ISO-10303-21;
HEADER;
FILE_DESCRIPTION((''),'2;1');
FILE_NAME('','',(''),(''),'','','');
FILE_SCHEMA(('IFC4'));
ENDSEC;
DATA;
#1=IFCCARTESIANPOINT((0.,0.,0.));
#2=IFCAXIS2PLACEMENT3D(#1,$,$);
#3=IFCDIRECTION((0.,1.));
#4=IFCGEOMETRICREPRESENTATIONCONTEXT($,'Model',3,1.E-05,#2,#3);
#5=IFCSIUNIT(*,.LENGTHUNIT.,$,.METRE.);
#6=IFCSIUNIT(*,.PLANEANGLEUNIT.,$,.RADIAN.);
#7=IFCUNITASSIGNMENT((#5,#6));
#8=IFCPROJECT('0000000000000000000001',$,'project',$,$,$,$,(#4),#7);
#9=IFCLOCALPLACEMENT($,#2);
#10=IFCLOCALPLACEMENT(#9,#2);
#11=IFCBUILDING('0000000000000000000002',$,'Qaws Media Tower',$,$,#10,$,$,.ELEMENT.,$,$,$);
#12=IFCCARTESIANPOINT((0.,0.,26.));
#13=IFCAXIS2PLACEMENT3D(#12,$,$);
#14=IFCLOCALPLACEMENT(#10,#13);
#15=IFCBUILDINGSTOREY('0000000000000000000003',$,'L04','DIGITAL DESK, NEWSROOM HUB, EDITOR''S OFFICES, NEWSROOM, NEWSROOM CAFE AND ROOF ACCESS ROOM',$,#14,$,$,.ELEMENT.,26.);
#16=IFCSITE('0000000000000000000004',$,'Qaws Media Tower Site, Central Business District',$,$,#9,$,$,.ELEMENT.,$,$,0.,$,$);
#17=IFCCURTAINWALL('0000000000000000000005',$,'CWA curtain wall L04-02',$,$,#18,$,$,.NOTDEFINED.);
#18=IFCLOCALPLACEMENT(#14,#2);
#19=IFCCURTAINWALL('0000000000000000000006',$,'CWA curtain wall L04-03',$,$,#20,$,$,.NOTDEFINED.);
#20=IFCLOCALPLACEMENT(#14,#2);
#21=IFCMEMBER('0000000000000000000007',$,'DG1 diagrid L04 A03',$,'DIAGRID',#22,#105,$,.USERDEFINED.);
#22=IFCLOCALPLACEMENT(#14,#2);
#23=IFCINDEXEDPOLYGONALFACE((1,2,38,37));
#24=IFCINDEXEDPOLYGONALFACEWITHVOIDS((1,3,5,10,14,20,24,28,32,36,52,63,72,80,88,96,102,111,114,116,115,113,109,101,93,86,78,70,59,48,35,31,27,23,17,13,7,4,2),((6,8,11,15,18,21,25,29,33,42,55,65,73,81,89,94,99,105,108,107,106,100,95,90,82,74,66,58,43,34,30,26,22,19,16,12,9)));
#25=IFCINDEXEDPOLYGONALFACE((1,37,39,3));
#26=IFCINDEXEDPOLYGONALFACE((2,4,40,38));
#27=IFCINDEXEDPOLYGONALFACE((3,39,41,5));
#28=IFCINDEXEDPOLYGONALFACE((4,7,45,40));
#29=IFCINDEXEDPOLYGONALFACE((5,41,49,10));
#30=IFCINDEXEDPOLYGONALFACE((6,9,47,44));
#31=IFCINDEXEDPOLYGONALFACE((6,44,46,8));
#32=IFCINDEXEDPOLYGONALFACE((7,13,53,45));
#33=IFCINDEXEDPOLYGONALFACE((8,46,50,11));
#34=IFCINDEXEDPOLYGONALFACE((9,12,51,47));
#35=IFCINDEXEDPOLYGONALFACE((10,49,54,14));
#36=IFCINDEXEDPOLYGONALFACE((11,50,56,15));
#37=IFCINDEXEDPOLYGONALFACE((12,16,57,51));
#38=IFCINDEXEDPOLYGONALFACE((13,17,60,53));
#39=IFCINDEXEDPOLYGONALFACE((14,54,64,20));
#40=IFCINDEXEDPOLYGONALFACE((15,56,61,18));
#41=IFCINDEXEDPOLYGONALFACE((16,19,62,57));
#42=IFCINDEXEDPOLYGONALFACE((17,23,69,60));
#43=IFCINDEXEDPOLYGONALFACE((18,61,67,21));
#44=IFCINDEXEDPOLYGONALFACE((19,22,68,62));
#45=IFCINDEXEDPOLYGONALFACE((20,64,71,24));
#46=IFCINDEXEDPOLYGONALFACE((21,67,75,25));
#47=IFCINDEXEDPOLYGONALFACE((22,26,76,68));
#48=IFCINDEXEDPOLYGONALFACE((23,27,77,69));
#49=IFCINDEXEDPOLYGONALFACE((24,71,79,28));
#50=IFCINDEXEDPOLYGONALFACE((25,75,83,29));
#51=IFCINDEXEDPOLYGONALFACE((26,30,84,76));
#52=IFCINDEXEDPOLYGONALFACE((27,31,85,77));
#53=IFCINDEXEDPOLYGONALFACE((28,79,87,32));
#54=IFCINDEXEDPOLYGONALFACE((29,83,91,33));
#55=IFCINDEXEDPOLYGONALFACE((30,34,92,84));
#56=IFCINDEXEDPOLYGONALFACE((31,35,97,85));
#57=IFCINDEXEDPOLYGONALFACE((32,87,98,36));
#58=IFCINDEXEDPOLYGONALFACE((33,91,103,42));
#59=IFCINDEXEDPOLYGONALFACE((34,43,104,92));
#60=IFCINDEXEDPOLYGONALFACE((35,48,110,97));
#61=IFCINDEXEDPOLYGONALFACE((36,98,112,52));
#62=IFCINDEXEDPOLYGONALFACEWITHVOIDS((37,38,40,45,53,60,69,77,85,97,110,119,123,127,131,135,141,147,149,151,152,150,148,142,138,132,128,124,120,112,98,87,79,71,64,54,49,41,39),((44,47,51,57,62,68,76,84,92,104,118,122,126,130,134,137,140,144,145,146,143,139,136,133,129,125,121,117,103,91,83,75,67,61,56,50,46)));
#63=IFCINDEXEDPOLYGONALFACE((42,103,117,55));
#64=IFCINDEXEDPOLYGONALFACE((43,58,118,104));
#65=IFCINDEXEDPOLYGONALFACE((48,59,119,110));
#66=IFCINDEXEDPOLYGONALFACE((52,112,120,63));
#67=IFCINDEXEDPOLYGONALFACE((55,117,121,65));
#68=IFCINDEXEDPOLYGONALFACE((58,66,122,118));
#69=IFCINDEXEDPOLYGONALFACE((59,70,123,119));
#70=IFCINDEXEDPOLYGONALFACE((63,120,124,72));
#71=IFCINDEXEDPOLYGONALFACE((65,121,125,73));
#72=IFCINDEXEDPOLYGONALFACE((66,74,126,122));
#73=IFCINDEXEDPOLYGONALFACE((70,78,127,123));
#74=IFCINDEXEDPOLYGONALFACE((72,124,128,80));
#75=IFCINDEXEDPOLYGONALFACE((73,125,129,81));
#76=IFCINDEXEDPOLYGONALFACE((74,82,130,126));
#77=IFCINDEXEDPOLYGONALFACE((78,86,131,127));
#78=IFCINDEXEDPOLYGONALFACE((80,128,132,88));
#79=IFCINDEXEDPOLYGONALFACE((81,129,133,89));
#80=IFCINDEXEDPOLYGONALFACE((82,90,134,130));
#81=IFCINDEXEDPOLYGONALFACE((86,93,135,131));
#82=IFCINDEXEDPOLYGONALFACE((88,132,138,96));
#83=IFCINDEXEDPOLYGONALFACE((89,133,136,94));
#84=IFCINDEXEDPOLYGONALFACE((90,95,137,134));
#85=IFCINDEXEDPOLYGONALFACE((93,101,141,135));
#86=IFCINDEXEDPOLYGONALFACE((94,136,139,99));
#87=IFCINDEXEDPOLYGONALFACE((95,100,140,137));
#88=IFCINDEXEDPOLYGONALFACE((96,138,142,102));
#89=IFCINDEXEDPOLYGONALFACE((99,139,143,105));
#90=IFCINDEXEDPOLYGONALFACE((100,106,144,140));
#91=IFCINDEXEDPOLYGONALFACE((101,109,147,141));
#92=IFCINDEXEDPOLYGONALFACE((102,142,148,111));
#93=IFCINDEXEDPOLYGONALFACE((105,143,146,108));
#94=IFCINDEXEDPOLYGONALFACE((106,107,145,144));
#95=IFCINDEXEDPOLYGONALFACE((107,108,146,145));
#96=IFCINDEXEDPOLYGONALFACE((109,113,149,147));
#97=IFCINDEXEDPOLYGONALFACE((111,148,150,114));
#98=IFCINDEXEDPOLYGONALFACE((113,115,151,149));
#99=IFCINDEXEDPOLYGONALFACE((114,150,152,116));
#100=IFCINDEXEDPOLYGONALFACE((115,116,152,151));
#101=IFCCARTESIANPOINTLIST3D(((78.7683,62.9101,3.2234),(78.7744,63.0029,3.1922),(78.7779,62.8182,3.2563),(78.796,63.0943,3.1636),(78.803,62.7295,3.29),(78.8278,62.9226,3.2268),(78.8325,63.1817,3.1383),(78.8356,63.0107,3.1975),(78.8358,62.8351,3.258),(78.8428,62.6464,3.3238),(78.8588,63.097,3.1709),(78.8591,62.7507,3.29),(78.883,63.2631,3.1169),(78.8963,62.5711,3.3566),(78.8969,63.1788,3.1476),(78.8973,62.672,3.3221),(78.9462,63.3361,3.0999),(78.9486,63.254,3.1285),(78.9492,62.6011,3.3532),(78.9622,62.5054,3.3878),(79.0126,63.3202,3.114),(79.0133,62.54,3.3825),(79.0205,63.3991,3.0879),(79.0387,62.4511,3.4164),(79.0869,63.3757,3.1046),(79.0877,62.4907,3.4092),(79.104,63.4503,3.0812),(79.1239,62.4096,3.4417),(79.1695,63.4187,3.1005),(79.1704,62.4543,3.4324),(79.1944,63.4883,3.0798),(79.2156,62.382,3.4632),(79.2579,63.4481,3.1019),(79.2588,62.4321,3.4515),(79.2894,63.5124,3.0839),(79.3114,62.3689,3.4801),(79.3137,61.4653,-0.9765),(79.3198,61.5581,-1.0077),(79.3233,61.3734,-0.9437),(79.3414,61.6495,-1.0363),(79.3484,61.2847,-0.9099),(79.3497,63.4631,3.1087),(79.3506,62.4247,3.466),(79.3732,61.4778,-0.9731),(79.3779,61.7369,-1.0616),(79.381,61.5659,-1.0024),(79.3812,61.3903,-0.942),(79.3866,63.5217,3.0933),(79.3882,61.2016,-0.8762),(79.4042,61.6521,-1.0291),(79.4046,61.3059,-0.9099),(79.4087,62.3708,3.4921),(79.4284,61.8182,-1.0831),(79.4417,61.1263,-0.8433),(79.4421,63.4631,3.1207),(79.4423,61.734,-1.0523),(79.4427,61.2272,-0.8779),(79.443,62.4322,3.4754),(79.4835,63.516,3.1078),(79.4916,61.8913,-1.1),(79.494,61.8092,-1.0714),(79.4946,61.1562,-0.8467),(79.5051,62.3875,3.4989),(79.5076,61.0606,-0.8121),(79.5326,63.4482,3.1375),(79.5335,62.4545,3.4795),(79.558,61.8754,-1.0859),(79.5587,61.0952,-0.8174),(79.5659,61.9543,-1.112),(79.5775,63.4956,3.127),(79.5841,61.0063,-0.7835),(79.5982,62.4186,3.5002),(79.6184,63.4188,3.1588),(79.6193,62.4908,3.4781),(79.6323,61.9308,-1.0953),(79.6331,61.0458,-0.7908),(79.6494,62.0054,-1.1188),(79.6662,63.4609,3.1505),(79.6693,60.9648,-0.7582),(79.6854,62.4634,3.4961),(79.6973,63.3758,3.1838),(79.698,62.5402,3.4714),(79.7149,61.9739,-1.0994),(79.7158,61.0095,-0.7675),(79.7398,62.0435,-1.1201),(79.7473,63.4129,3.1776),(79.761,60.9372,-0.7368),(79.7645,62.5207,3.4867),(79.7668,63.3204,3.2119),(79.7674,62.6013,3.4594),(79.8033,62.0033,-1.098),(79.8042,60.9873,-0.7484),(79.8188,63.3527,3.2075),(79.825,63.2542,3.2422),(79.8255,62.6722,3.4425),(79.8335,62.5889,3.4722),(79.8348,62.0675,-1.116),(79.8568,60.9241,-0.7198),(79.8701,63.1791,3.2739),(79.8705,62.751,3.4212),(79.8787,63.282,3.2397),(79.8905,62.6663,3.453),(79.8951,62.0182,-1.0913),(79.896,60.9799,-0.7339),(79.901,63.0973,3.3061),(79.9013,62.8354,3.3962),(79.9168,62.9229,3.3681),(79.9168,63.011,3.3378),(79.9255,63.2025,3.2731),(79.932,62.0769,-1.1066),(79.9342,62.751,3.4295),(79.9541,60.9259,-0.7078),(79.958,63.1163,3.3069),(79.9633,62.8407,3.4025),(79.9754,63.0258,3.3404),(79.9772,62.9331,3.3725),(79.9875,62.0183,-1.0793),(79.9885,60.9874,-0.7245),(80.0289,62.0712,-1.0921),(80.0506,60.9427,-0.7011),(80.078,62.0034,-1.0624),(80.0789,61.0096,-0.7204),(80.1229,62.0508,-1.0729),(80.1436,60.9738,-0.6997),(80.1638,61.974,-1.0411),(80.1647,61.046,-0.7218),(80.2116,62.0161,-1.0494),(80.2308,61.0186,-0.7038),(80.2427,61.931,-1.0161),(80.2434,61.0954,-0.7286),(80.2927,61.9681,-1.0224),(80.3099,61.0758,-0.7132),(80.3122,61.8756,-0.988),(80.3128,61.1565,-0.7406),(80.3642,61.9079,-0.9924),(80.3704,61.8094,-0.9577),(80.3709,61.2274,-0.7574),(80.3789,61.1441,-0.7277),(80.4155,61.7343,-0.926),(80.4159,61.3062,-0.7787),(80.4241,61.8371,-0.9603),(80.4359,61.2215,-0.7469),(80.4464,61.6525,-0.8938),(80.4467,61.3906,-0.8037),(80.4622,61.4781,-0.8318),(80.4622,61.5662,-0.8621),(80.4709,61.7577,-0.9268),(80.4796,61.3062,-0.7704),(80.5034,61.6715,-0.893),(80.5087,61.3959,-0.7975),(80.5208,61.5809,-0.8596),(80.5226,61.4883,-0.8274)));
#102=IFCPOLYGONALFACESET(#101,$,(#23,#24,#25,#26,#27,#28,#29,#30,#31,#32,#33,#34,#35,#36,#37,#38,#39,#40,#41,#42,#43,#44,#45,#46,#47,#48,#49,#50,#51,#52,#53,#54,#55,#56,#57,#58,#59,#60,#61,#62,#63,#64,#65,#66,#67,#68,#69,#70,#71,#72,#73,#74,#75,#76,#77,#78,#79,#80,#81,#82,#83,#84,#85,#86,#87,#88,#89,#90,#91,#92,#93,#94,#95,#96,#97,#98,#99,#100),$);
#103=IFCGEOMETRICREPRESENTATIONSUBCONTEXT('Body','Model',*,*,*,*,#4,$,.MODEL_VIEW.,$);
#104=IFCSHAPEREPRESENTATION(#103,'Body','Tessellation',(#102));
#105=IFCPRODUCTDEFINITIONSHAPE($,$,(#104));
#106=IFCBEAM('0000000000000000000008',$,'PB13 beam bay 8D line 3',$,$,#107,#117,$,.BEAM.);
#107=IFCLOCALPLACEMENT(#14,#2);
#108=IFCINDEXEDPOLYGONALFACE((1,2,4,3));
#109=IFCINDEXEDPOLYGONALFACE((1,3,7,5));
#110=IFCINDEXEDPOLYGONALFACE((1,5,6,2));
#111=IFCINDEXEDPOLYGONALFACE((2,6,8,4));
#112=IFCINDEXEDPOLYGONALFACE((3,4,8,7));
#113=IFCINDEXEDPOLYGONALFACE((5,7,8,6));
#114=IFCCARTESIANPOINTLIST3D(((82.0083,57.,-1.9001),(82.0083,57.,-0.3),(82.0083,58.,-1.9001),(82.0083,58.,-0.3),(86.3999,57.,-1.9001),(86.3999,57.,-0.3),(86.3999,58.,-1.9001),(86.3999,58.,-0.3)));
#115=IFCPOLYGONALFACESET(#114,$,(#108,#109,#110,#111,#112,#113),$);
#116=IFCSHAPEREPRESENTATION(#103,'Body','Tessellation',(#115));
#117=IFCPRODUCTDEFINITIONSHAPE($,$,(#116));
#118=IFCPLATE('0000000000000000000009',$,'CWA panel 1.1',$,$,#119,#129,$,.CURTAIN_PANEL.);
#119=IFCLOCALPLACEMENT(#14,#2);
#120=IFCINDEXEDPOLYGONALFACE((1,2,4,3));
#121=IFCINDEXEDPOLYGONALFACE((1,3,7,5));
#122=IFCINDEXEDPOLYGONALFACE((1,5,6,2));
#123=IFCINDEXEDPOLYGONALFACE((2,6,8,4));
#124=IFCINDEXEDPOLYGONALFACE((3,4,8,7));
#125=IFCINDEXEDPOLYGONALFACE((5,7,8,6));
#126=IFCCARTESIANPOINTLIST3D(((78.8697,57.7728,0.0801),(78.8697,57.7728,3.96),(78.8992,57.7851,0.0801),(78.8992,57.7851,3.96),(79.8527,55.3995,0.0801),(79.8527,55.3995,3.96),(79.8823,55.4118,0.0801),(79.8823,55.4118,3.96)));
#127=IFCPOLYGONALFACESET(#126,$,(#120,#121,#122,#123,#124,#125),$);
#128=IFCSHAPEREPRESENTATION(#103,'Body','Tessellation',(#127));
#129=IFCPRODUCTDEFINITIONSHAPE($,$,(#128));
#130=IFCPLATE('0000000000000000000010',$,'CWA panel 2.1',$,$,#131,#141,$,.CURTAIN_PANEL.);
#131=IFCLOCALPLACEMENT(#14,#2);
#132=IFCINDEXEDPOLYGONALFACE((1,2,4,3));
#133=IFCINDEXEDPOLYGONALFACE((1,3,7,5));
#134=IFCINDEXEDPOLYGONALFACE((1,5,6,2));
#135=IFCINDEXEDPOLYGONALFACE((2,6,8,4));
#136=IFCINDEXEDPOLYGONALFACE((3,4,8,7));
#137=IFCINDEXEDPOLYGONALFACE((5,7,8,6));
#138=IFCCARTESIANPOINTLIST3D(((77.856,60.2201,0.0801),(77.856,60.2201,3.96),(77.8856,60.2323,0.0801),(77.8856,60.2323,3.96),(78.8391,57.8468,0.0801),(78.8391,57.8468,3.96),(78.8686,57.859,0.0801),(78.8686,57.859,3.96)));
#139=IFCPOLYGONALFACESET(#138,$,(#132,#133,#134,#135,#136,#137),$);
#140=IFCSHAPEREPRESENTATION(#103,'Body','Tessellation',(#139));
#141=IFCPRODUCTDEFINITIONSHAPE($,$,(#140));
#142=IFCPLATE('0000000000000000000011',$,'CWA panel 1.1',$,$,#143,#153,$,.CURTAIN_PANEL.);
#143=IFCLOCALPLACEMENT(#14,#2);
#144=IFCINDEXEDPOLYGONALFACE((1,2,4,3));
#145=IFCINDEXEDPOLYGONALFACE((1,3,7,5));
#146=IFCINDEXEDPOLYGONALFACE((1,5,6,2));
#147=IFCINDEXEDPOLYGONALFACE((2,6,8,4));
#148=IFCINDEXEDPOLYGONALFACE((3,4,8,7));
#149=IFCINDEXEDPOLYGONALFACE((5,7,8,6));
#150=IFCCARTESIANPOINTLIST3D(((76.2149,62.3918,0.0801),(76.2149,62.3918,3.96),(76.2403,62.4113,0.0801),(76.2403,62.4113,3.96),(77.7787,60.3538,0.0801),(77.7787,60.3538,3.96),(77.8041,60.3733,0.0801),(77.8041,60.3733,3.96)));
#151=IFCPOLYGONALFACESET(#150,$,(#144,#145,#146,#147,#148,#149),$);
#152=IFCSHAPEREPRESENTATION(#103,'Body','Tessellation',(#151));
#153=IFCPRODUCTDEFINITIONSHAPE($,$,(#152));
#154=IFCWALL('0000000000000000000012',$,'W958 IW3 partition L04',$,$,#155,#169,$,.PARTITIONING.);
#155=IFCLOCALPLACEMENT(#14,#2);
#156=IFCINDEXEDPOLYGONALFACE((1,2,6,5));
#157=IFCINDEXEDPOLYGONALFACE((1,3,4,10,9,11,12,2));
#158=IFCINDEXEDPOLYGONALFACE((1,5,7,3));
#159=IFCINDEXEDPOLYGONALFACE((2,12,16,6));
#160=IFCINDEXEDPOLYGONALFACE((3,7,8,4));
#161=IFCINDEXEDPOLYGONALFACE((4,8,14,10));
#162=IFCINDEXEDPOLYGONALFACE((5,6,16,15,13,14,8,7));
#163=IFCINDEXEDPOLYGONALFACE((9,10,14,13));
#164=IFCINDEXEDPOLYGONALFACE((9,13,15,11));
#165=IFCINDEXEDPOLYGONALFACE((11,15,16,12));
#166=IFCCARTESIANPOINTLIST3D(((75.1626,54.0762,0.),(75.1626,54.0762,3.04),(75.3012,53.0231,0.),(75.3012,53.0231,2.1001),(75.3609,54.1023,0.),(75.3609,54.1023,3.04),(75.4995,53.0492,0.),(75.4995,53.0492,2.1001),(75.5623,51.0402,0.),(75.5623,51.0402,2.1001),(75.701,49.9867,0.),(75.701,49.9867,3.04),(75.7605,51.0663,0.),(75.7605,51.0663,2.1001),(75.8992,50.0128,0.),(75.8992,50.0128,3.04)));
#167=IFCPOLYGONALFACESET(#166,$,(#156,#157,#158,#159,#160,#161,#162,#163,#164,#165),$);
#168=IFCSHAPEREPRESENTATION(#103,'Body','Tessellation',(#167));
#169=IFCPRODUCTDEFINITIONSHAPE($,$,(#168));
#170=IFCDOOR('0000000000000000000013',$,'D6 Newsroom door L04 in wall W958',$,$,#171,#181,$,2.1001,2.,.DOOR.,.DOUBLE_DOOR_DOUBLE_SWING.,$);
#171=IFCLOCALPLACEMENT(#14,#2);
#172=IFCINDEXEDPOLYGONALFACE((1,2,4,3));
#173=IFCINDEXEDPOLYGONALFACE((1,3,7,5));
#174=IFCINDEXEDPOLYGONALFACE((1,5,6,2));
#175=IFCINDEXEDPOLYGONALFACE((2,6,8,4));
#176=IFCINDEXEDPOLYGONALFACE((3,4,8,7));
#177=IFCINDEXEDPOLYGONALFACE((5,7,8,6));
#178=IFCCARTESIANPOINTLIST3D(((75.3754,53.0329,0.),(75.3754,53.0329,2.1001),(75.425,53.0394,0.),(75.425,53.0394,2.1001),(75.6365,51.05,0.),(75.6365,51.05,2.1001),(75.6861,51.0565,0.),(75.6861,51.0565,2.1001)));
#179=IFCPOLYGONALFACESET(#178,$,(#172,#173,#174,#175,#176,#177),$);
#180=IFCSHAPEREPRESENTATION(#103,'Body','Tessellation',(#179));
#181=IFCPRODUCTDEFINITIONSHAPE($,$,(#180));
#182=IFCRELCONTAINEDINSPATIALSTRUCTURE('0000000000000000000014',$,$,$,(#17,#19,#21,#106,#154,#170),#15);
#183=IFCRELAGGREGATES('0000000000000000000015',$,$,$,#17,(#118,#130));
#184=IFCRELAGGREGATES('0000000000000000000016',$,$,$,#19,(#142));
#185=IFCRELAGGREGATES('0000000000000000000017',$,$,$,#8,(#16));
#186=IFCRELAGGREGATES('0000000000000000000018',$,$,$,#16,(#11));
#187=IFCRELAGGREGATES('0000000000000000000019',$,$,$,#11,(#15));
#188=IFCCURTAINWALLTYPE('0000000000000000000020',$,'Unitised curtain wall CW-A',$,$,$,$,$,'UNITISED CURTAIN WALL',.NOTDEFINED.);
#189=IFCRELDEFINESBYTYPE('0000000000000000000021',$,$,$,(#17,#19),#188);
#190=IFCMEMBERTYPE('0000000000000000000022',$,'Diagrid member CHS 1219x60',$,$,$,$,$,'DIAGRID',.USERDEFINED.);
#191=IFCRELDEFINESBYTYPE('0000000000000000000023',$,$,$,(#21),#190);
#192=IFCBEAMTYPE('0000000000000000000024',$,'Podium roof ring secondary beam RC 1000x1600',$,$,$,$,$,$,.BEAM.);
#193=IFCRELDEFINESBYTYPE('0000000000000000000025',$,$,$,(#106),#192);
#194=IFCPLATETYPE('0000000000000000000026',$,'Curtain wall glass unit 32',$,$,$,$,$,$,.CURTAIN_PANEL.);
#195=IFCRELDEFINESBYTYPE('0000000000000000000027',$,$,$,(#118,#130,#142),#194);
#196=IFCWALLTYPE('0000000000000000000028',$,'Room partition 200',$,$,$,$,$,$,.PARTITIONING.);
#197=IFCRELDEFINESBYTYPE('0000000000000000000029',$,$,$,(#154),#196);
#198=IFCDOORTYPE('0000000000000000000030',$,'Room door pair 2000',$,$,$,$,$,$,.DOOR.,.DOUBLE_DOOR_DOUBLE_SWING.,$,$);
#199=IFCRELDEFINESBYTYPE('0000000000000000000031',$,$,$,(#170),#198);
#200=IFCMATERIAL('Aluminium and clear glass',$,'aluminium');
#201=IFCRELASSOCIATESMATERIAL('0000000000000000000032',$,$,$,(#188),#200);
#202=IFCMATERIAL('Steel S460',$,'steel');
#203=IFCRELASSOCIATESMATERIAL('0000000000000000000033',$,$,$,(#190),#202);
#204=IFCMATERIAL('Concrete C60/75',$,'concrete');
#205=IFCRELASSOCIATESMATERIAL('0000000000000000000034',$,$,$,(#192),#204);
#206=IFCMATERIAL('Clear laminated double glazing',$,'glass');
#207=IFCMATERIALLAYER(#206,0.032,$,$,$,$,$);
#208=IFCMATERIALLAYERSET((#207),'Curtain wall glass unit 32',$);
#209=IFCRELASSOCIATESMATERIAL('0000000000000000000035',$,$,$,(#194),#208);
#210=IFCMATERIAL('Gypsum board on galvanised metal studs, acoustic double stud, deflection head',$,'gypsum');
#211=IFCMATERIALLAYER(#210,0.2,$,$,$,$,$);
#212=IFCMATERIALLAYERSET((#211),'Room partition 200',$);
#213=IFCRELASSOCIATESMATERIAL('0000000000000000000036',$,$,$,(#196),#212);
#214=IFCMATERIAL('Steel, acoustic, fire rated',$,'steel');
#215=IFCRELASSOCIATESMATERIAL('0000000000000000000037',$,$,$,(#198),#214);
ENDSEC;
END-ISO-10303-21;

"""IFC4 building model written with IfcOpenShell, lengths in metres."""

from ifc_helpers import new_model, si_unit, direction, frame, frame_2d, origin, origin_2d, place, context, subcontext, project, spatial, rectangle, hollow_circle, extrude, material, layer, layer_set, material_profile, profile_set, type_object, element, fill, aggregate, save


model = new_model("IFC4")

# Units and contexts
model_context = context("Model", 3, precision=1e-05, world=origin(), true_north=direction((0.0, 1.0)))
body_context = subcontext(model_context, "Body", "Model", "MODEL_VIEW")
ifc_project = project(units=[si_unit("LENGTHUNIT", "METRE"), si_unit("PLANEANGLEUNIT", "RADIAN")], contexts=[model_context])

# Site, building, storey
site_placement = place(None, origin())
site = spatial("IfcSite", under=ifc_project, at=site_placement, Name="Qaws Media Tower Site, Central Business District", CompositionType="ELEMENT", RefElevation=0.0)
building_placement = place(site_placement, origin())
building = spatial("IfcBuilding", under=site, at=building_placement, Name="Qaws Media Tower", CompositionType="ELEMENT")
storey_placement = place(building_placement, frame((0.0, 0.0, 26.0)))
storey = spatial("IfcBuildingStorey", under=building, at=storey_placement, Name="L04", Description="DIGITAL DESK, NEWSROOM HUB, EDITOR'S OFFICES, NEWSROOM, NEWSROOM CAFE AND ROOF ACCESS ROOM", CompositionType="ELEMENT", Elevation=26.0)

# Curtain wall
ifc_material_1 = material(Name="Aluminium and clear glass", Category="aluminium")
curtain_wall_type = type_object("IfcCurtainWallType", Name="Unitised curtain wall CW-A", ElementType="UNITISED CURTAIN WALL", PredefinedType="NOTDEFINED", material=ifc_material_1)
curtain_wall_1_placement = place(storey_placement, origin())
curtain_wall_1 = element("IfcCurtainWall", 1, at=curtain_wall_1_placement, inside=storey, type_object=curtain_wall_type, Name="CWA curtain wall L04-02", PredefinedType="NOTDEFINED")

# Curtain wall
curtain_wall_2_placement = place(storey_placement, origin())
curtain_wall_2 = element("IfcCurtainWall", 2, at=curtain_wall_2_placement, inside=storey, type_object=curtain_wall_type, Name="CWA curtain wall L04-03", PredefinedType="NOTDEFINED")

# Member
ifc_material_2 = material(Name="Steel S460", Category="steel")
ifc_material_profile_1 = material_profile(ifc_material_2, hollow_circle(Radius=0.6096, WallThickness=0.0601, at=origin_2d()), Name="CHS 1219x60")
ifc_profile_set_1 = profile_set([ifc_material_profile_1], Name="Steel S460")
member_type_1 = type_object("IfcMemberType", Name="Diagrid member CHS 1219x60", ElementType="DIAGRID", PredefinedType="USERDEFINED", material=ifc_profile_set_1)
member_1_placement = place(storey_placement, frame((79.9187, 61.5, -0.9099), z_axis=(-0.121883, 0.322874, 0.938561), x_axis=(-0.93556, -0.353167, 0.0)))
element("IfcMember", 3, at=member_1_placement, inside=storey, type_object=member_type_1, Name="DG1 diagrid L04 A03", ObjectType="DIAGRID", PredefinedType="USERDEFINED", context=body_context, shape_type="SweptSolid", body=[
    extrude(hollow_circle(Radius=0.6096, WallThickness=0.0601, at=origin_2d()), origin(), (0.0, 0.0, 1.0), 4.4749),
])

# Beam
ifc_material_3 = material(Name="Concrete C60/75", Category="concrete")
ifc_material_profile_2 = material_profile(ifc_material_3, rectangle(XDim=1.0, YDim=1.6001, at=origin_2d()), Name="RC 1000x1600")
ifc_profile_set_2 = profile_set([ifc_material_profile_2], Name="Concrete C60/75")
beam_type = type_object("IfcBeamType", Name="Podium roof ring secondary beam RC 1000x1600", PredefinedType="BEAM", material=ifc_profile_set_2)
beam_placement = place(storey_placement, frame((82.0083, 57.5, -1.1001), z_axis=(1.0, 0.0, 0.0), x_axis=(0.0, 1.0, 0.0)))
element("IfcBeam", 4, at=beam_placement, inside=storey, type_object=beam_type, Name="PB13 beam bay 8D line 3", PredefinedType="BEAM", context=body_context, shape_type="SweptSolid", body=[
    extrude(rectangle(XDim=1.0, YDim=1.6001, at=origin_2d()), origin(), (0.0, 0.0, 1.0), 4.3916),
])

# Plates
ifc_material_4 = material(Name="Clear laminated double glazing", Category="glass")
ifc_layer_1 = layer(ifc_material_4, 0.032)
ifc_layer_set_1 = layer_set([ifc_layer_1], Name="Curtain wall glass unit 32")
plate_type = type_object("IfcPlateType", Name="Curtain wall glass unit 32", PredefinedType="CURTAIN_PANEL", material=ifc_layer_set_1)
plate_1_placement = place(storey_placement, frame((79.376, 56.5923, 0.0801), z_axis=(0.0, 0.0, 1.0), x_axis=(-0.382683, 0.92388, 0.0)))
plate_1 = element("IfcPlate", 5, at=plate_1_placement, type_object=plate_type, Name="CWA panel 1.1", PredefinedType="CURTAIN_PANEL", context=body_context, shape_type="SweptSolid", body=[
    extrude(rectangle(XDim=2.5688, YDim=0.032, at=origin_2d()), origin(), (0.0, 0.0, 1.0), 3.8799),
])
plate_2_placement = place(storey_placement, frame((78.3623, 59.0396, 0.0801), z_axis=(0.0, 0.0, 1.0), x_axis=(-0.382683, 0.92388, 0.0)))
plate_2 = element("IfcPlate", 6, at=plate_2_placement, type_object=plate_type, Name="CWA panel 2.1", PredefinedType="CURTAIN_PANEL", context=body_context, shape_type="SweptSolid", body=[
    extrude(rectangle(XDim=2.5688, YDim=0.032, at=origin_2d()), origin(), (0.0, 0.0, 1.0), 3.8799),
])
aggregate(curtain_wall_1, [plate_1, plate_2])
plate_3_placement = place(storey_placement, frame((77.0095, 61.3826, 0.0801), z_axis=(0.0, 0.0, 1.0), x_axis=(-0.608761, 0.793353, 0.0)))
plate_3 = element("IfcPlate", 7, at=plate_3_placement, type_object=plate_type, Name="CWA panel 1.1", PredefinedType="CURTAIN_PANEL", context=body_context, shape_type="SweptSolid", body=[
    extrude(rectangle(XDim=2.5688, YDim=0.032, at=origin_2d()), origin(), (0.0, 0.0, 1.0), 3.8799),
])
aggregate(curtain_wall_2, [plate_3])

# Wall, opening, door
ifc_material_5 = material(Name="Gypsum board on galvanised metal studs, acoustic double stud, deflection head", Category="gypsum")
ifc_layer_2 = layer(ifc_material_5, 0.2)
ifc_layer_set_2 = layer_set([ifc_layer_2], Name="Room partition 200")
wall_type_1 = type_object("IfcWallType", Name="Room partition 200", PredefinedType="PARTITIONING", material=ifc_layer_set_2)
wall_1_placement = place(storey_placement, frame((75.2617, 54.0894, 0.0), z_axis=(0.0, 0.0, 1.0), x_axis=(0.130516, -0.991446, 0.0)))
wall_1 = element("IfcWall", 8, at=wall_1_placement, inside=storey, type_object=wall_type_1, Name="W958 IW3 partition L04", PredefinedType="PARTITIONING", context=body_context, shape_type="SweptSolid", body=[
    extrude(rectangle(XDim=4.1248, YDim=0.2, at=frame_2d((2.0625, 0.0))), origin(), (0.0, 0.0, 1.0), 3.04),
])
opening_1_placement = place(wall_1_placement, frame((1.0623, 0.0, 0.0)))
opening_1 = element("IfcOpeningElement", 9, at=opening_1_placement, cuts=wall_1, PredefinedType="OPENING", context=body_context, shape_type="SweptSolid", body=[
    extrude(rectangle(XDim=2.0, YDim=2.1001, at=frame_2d((1.0, 1.05))), frame((0.0, 0.1099, 0.0), z_axis=(0.0, -1.0, 0.0), x_axis=(1.0, 0.0, 0.0)), (0.0, 0.0, 1.0), 0.22),
])
ifc_material_6 = material(Name="Steel, acoustic, fire rated", Category="steel")
door_type_1 = type_object("IfcDoorType", Name="Room door pair 2000", OperationType="DOUBLE_DOOR_DOUBLE_SWING", PredefinedType="DOOR", material=ifc_material_6)
door_1_placement = place(opening_1_placement, origin())
door_1 = element("IfcDoor", 10, at=door_1_placement, inside=storey, type_object=door_type_1, Name="D6 Newsroom door L04 in wall W958", OperationType="DOUBLE_DOOR_DOUBLE_SWING", OverallHeight=2.1001, OverallWidth=2.0, PredefinedType="DOOR", context=body_context, shape_type="SweptSolid", body=[
    extrude(rectangle(XDim=2.0, YDim=2.1001, at=frame_2d((1.0, 1.05))), frame((0.0, 0.0249, 0.0), z_axis=(0.0, -1.0, 0.0), x_axis=(1.0, 0.0, 0.0)), (0.0, 0.0, 1.0), 0.05),
])
fill(opening_1, door_1)

save(model, "model.ifc")
